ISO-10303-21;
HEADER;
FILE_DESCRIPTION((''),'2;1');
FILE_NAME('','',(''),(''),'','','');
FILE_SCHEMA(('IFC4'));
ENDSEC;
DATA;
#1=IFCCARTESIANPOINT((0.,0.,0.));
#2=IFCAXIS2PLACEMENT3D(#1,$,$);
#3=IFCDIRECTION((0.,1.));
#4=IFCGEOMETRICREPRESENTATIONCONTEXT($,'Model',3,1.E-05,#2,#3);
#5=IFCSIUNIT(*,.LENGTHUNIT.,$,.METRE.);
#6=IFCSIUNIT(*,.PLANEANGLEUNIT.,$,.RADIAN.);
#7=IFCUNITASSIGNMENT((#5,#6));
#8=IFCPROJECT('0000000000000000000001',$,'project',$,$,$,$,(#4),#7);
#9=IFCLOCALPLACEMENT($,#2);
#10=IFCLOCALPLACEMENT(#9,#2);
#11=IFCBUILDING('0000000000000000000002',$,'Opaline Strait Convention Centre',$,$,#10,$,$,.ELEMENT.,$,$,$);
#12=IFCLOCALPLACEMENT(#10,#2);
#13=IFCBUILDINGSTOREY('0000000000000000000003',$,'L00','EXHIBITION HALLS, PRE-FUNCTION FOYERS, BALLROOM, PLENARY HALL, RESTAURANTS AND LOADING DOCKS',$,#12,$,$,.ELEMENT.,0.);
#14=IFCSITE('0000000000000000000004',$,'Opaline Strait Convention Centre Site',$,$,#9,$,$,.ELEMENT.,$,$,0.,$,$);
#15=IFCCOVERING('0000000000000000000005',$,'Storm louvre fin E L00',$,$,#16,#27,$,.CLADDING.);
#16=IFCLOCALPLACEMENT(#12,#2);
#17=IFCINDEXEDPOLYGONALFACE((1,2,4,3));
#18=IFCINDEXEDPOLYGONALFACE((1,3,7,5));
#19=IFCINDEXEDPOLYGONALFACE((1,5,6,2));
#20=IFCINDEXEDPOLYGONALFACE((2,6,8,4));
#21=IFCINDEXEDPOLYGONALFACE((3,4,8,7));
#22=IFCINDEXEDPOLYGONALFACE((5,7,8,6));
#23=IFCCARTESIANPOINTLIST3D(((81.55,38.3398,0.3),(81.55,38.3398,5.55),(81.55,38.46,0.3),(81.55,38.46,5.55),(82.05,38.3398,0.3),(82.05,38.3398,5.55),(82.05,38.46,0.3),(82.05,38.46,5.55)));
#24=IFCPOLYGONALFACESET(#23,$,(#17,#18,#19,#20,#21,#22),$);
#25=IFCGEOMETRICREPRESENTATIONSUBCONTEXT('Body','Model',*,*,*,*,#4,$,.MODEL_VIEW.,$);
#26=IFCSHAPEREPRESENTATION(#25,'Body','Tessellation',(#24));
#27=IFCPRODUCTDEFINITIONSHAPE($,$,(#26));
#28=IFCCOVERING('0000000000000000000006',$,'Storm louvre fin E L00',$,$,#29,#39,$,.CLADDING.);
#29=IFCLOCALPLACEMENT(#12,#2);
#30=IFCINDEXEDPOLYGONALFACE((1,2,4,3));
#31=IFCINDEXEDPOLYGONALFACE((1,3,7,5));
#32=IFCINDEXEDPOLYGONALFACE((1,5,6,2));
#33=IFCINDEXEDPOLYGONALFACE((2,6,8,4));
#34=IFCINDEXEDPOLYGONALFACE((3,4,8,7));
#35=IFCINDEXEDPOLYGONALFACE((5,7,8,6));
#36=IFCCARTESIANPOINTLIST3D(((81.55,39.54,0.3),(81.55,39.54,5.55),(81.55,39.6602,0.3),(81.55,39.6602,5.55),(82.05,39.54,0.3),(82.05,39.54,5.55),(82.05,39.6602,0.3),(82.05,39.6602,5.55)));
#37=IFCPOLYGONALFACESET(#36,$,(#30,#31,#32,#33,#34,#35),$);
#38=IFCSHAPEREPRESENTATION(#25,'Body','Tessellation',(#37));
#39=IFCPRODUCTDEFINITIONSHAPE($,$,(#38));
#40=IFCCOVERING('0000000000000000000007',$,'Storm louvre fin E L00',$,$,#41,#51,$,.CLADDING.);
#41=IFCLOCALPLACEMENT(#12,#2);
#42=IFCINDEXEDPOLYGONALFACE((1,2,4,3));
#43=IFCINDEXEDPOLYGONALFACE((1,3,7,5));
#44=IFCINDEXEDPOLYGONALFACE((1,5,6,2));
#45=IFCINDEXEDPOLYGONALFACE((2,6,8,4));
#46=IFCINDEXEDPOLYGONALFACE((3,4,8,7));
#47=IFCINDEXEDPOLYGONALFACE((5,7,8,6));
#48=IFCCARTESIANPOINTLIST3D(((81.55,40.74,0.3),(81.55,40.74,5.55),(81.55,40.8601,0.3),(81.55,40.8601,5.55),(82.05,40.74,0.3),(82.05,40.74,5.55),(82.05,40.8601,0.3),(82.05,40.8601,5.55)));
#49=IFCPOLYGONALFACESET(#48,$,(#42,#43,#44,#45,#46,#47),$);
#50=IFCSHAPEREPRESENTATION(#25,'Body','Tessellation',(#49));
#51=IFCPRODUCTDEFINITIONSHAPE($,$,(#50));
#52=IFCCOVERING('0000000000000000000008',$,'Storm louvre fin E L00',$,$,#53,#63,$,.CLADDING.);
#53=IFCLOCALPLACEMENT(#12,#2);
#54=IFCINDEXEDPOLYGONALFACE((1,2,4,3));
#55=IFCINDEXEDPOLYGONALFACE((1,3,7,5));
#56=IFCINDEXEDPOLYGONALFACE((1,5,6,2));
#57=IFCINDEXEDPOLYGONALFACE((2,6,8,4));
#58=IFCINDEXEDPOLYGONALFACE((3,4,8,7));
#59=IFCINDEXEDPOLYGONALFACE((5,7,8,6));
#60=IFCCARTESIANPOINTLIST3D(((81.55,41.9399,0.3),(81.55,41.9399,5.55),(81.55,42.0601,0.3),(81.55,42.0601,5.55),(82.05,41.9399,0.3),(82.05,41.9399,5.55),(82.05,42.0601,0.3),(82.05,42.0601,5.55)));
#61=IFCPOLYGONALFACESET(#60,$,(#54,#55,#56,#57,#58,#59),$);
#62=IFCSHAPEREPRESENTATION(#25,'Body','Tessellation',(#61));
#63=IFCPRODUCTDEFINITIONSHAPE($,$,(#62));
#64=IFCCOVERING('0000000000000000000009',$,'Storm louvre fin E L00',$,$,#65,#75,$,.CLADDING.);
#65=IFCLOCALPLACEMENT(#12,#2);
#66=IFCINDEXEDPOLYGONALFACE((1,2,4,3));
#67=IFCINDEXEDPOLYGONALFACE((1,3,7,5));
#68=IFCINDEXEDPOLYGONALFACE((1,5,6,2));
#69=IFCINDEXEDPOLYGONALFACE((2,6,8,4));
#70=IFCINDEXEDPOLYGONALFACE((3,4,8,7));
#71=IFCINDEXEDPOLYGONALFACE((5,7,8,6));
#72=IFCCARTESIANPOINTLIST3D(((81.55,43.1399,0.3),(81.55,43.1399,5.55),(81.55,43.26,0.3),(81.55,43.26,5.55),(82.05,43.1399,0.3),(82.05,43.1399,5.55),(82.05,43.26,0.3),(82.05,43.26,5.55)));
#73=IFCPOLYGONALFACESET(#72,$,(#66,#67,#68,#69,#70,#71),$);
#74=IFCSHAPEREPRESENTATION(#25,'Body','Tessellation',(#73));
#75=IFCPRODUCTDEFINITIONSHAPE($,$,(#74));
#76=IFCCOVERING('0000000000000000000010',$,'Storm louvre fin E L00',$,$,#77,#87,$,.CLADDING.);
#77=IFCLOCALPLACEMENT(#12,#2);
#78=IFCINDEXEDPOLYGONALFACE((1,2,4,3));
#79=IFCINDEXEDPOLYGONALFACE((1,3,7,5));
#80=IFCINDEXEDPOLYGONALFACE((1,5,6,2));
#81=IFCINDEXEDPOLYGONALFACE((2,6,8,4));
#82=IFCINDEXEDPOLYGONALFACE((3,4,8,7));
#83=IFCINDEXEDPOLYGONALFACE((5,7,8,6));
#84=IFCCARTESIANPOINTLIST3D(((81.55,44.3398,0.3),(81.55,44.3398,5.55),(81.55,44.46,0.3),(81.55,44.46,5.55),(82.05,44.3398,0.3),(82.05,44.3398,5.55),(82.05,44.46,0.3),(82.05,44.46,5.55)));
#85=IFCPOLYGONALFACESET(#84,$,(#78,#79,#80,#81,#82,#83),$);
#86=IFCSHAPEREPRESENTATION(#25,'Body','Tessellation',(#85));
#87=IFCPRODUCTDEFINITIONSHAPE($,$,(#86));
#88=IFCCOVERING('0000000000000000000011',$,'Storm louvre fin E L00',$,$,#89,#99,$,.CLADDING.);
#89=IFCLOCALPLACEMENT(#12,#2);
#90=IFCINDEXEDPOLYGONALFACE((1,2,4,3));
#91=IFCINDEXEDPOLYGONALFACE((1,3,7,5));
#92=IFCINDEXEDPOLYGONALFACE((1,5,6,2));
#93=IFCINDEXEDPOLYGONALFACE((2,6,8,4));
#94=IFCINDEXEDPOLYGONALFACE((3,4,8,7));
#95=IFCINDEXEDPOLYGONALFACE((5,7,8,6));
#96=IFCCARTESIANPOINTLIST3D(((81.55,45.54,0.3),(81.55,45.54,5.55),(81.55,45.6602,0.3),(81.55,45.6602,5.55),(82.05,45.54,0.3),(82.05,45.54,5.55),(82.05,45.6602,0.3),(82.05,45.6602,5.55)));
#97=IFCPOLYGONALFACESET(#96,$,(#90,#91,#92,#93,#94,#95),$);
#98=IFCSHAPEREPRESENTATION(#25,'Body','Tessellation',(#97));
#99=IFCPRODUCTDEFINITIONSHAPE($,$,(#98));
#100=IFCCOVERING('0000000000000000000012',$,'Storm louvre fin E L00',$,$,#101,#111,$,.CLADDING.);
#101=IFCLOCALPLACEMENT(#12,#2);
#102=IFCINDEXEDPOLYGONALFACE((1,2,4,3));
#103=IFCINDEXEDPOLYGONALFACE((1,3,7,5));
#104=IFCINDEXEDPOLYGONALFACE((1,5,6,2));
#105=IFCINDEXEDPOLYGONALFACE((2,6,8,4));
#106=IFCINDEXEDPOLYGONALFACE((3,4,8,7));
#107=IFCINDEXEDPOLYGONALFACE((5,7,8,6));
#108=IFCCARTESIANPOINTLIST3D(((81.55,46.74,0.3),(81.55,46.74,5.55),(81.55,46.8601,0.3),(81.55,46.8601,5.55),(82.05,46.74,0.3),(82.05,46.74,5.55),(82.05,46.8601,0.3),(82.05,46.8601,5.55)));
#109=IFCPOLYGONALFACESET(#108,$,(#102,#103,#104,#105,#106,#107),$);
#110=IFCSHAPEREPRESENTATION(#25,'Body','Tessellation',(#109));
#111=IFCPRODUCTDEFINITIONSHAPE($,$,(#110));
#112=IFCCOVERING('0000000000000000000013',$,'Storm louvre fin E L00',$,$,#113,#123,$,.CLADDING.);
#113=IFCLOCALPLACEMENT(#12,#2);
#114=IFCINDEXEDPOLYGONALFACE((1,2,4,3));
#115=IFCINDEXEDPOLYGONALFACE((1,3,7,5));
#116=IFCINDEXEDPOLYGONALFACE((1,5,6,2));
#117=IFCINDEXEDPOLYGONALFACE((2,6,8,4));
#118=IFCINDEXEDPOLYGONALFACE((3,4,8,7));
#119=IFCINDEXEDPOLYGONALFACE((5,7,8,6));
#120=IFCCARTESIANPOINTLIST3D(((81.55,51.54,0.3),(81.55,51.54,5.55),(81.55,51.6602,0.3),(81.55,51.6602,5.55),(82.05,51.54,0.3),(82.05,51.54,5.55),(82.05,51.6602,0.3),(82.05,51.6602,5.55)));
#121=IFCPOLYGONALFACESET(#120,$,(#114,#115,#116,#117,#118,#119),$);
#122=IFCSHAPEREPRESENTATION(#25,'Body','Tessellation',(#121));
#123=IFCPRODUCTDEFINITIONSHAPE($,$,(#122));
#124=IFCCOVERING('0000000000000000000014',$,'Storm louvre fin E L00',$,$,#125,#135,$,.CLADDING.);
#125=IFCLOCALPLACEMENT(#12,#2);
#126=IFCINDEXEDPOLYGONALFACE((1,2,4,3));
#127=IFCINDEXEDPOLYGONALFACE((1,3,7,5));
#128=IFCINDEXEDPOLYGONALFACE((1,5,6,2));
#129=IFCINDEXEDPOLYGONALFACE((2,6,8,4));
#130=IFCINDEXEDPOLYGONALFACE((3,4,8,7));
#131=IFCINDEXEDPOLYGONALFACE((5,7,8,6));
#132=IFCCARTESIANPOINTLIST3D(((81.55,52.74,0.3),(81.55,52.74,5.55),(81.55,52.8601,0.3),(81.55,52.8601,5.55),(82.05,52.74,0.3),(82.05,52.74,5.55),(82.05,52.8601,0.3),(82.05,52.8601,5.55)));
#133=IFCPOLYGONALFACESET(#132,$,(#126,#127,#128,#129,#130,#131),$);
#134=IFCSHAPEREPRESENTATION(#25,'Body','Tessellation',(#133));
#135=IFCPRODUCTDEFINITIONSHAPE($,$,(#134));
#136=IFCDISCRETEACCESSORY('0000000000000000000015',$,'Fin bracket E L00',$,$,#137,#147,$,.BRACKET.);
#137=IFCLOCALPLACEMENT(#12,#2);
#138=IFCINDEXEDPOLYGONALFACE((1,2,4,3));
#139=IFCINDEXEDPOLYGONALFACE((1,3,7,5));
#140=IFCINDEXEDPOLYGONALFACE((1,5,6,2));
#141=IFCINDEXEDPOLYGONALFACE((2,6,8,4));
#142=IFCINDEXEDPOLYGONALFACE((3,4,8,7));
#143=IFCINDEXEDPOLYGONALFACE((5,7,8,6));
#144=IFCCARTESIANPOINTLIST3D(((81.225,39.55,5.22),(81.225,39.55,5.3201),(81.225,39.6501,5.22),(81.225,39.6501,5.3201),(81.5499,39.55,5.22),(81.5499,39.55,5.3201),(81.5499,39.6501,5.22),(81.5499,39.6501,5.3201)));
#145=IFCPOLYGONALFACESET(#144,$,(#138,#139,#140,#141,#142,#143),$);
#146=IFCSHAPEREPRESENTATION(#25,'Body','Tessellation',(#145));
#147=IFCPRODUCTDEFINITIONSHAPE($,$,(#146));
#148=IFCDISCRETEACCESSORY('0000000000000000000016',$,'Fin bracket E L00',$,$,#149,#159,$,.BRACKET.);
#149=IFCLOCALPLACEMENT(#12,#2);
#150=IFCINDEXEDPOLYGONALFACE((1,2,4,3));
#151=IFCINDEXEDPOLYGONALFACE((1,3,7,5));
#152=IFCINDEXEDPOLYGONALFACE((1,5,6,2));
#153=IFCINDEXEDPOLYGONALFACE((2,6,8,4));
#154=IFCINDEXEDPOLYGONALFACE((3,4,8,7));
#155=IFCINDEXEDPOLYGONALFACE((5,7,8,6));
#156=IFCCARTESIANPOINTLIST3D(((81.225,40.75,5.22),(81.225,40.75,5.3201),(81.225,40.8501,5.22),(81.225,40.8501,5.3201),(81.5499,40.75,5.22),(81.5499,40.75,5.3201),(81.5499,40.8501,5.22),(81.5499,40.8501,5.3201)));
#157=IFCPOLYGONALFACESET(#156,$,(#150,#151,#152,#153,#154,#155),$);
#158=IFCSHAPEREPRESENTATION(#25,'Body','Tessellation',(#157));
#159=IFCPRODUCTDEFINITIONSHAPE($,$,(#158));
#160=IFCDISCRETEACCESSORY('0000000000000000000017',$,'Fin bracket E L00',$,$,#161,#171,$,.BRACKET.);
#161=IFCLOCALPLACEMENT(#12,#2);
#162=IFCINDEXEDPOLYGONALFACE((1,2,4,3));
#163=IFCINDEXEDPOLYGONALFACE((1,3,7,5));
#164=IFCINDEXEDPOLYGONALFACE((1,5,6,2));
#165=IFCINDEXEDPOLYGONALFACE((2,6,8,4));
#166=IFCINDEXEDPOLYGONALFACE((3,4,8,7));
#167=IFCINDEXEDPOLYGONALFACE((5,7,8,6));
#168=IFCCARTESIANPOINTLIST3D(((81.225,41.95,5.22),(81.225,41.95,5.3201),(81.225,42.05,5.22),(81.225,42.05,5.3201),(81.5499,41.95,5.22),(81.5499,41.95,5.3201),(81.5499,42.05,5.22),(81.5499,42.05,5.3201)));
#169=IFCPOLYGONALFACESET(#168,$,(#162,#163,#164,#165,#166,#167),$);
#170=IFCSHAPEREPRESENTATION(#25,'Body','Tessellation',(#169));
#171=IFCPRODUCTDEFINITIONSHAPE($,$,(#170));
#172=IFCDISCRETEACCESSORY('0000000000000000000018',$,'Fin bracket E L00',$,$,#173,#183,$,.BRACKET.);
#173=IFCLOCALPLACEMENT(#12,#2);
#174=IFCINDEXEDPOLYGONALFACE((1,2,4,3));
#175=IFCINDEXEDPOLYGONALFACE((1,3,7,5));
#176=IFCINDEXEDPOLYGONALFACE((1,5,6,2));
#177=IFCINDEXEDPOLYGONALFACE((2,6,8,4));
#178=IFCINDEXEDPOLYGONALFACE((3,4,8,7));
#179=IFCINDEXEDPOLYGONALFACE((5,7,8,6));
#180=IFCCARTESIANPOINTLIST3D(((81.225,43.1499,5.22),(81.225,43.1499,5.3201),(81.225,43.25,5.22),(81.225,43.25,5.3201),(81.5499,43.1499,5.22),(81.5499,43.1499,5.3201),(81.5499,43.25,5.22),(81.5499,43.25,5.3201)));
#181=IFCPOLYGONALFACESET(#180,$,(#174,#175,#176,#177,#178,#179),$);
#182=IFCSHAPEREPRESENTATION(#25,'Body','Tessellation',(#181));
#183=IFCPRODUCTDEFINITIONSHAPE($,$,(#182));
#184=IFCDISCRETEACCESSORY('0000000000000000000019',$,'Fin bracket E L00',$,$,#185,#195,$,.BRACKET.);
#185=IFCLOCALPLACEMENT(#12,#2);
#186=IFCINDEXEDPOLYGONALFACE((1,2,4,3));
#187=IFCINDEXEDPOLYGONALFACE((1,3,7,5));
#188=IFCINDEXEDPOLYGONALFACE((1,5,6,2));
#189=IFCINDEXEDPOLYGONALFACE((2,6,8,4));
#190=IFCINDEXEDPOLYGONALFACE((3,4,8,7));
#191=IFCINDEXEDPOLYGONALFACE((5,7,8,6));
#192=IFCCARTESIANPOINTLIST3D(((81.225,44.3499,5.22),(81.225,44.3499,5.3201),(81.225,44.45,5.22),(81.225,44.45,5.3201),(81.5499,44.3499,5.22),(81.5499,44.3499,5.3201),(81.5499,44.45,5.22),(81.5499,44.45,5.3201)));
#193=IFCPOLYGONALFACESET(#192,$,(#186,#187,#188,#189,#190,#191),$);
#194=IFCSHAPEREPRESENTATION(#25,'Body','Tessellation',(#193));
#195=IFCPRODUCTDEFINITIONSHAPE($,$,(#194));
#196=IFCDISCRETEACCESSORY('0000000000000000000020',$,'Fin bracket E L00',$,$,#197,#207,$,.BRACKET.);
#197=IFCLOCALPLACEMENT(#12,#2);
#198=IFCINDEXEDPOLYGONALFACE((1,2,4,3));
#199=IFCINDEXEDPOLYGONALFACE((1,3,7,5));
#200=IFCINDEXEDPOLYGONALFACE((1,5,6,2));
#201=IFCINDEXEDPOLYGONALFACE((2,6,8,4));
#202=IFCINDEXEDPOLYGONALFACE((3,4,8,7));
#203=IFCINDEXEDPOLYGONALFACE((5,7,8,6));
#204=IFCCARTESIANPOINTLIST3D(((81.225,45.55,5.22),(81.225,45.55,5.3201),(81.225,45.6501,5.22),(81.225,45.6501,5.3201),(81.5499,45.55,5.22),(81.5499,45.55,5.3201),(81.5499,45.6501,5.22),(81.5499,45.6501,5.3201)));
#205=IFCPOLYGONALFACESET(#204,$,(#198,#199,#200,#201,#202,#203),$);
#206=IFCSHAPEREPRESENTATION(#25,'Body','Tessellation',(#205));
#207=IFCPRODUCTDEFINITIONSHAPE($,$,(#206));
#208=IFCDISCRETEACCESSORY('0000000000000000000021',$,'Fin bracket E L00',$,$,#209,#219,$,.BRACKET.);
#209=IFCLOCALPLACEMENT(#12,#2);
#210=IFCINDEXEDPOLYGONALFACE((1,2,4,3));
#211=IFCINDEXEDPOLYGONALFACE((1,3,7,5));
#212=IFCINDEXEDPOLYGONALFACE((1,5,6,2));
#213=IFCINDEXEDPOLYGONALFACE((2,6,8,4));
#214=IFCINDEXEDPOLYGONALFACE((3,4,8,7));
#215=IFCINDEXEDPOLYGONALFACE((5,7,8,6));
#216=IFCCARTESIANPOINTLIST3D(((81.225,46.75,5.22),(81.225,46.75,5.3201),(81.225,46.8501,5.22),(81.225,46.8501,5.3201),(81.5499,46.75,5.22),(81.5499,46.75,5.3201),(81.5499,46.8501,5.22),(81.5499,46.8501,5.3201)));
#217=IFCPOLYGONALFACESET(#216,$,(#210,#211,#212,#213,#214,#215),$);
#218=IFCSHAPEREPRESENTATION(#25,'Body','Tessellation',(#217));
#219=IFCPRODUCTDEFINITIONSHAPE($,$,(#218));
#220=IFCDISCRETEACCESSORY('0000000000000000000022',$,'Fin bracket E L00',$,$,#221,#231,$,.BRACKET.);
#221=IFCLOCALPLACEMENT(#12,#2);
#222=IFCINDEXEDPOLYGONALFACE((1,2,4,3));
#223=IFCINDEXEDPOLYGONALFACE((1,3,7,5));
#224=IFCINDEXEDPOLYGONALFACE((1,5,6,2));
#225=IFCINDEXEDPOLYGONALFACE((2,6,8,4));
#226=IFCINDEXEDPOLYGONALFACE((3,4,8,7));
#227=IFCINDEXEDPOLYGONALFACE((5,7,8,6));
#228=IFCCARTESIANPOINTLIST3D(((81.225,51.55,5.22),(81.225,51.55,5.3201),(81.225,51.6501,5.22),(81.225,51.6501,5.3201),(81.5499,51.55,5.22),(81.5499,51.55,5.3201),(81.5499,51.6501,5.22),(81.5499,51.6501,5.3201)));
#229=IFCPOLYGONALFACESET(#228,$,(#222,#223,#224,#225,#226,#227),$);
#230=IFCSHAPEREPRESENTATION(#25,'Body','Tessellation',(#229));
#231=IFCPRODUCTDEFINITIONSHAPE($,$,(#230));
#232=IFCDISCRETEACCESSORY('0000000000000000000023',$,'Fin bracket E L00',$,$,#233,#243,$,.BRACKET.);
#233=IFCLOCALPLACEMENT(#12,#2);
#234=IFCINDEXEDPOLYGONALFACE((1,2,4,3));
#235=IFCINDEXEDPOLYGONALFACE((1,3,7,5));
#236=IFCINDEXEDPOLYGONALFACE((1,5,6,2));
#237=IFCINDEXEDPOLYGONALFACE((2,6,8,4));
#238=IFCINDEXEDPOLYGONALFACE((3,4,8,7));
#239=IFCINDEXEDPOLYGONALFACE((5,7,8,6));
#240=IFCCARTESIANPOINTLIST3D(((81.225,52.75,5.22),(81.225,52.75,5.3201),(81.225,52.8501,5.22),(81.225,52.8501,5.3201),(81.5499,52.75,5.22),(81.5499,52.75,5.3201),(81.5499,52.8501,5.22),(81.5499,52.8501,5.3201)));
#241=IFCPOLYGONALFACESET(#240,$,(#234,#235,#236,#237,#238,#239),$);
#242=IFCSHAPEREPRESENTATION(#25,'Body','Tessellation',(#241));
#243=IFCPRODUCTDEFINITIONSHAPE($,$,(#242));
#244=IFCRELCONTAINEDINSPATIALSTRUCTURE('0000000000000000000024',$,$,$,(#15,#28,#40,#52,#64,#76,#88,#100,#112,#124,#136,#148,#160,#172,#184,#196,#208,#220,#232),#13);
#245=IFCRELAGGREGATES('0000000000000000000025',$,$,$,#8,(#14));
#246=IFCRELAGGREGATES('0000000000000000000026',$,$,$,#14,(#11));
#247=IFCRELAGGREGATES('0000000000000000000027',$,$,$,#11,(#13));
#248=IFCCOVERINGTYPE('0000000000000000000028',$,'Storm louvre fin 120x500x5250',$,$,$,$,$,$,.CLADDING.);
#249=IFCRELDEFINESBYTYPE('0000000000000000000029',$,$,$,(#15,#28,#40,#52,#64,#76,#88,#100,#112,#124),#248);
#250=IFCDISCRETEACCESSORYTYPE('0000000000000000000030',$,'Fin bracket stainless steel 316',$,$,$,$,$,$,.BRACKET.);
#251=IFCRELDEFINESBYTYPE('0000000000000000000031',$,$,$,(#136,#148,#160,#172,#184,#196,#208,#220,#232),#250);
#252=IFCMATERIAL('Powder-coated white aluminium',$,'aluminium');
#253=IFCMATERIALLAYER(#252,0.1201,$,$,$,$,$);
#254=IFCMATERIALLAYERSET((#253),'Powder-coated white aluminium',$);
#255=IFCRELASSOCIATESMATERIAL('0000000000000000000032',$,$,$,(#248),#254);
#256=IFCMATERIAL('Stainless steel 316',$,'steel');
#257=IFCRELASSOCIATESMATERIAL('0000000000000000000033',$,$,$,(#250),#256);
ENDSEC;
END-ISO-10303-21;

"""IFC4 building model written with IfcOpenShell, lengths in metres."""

from ifc_helpers import new_model, si_unit, direction, frame, origin, origin_2d, place, context, subcontext, project, spatial, rectangle, extrude, material, layer, layer_set, type_object, element, save


model = new_model("IFC4")

# Units and contexts
model_context = context("Model", 3, precision=1e-05, world=origin(), true_north=direction((0.0, 1.0)))
body_context = subcontext(model_context, "Body", "Model", "MODEL_VIEW")
ifc_project = project(units=[si_unit("LENGTHUNIT", "METRE"), si_unit("PLANEANGLEUNIT", "RADIAN")], contexts=[model_context])

# Site, building, storey
site_placement = place(None, origin())
site = spatial("IfcSite", under=ifc_project, at=site_placement, Name="Opaline Strait Convention Centre Site", CompositionType="ELEMENT", RefElevation=0.0)
building_placement = place(site_placement, origin())
building = spatial("IfcBuilding", under=site, at=building_placement, Name="Opaline Strait Convention Centre", CompositionType="ELEMENT")
storey_placement = place(building_placement, origin())
storey = spatial("IfcBuildingStorey", under=building, at=storey_placement, Name="L00", Description="EXHIBITION HALLS, PRE-FUNCTION FOYERS, BALLROOM, PLENARY HALL, RESTAURANTS AND LOADING DOCKS", CompositionType="ELEMENT", Elevation=0.0)

# Coverings
ifc_material_1 = material(Name="Powder-coated white aluminium", Category="aluminium")
ifc_layer_1 = layer(ifc_material_1, 0.1201)
ifc_layer_set_1 = layer_set([ifc_layer_1], Name="Powder-coated white aluminium")
covering_type = type_object("IfcCoveringType", Name="Storm louvre fin 120x500x5250", PredefinedType="CLADDING", material=ifc_layer_set_1)
for number, where, z_axis, x_axis, name in (
    (1, (81.8, 38.3999, 0.3), (0.0, 0.0, 1.0), (1.0, 0.0, 0.0), "Storm louvre fin E L00"),
    (2, (81.8, 39.6001, 0.3), (0.0, 0.0, 1.0), (1.0, 0.0, 0.0), "Storm louvre fin E L00"),
    (3, (81.8, 40.8, 0.3), (0.0, 0.0, 1.0), (1.0, 0.0, 0.0), "Storm louvre fin E L00"),
    (4, (81.8, 42.0, 0.3), (0.0, 0.0, 1.0), (1.0, 0.0, 0.0), "Storm louvre fin E L00"),
    (5, (81.8, 43.2, 0.3), (0.0, 0.0, 1.0), (1.0, 0.0, 0.0), "Storm louvre fin E L00"),
    (6, (81.8, 44.3999, 0.3), (0.0, 0.0, 1.0), (1.0, 0.0, 0.0), "Storm louvre fin E L00"),
    (7, (81.8, 45.6001, 0.3), (0.0, 0.0, 1.0), (1.0, 0.0, 0.0), "Storm louvre fin E L00"),
    (8, (81.8, 46.8, 0.3), (0.0, 0.0, 1.0), (1.0, 0.0, 0.0), "Storm louvre fin E L00"),
    (9, (81.8, 51.6001, 0.3), (0.0, 0.0, 1.0), (1.0, 0.0, 0.0), "Storm louvre fin E L00"),
    (10, (81.8, 52.8, 0.3), (0.0, 0.0, 1.0), (1.0, 0.0, 0.0), "Storm louvre fin E L00"),
):
    element("IfcCovering", number, at=place(storey_placement, frame(where, z_axis=z_axis, x_axis=x_axis)), inside=storey, type_object=covering_type, Name=name, PredefinedType="CLADDING", context=body_context, shape_type="SweptSolid", body=[
        extrude(rectangle(XDim=0.5, YDim=0.1201, at=origin_2d()), origin(), (0.0, 0.0, 1.0), 5.25),
    ])

# Discrete accessories
ifc_material_2 = material(Name="Stainless steel 316", Category="steel")
discrete_accessory_type = type_object("IfcDiscreteAccessoryType", Name="Fin bracket stainless steel 316", PredefinedType="BRACKET", material=ifc_material_2)
for number, where, z_axis, x_axis, name in (
    (11, (81.3875, 39.6001, 5.22), (0.0, 0.0, 1.0), (1.0, 0.0, 0.0), "Fin bracket E L00"),
    (12, (81.3875, 40.8, 5.22), (0.0, 0.0, 1.0), (1.0, 0.0, 0.0), "Fin bracket E L00"),
    (13, (81.3875, 42.0, 5.22), (0.0, 0.0, 1.0), (1.0, 0.0, 0.0), "Fin bracket E L00"),
    (14, (81.3875, 43.2, 5.22), (0.0, 0.0, 1.0), (1.0, 0.0, 0.0), "Fin bracket E L00"),
    (15, (81.3875, 44.3999, 5.22), (0.0, 0.0, 1.0), (1.0, 0.0, 0.0), "Fin bracket E L00"),
    (16, (81.3875, 45.6001, 5.22), (0.0, 0.0, 1.0), (1.0, 0.0, 0.0), "Fin bracket E L00"),
    (17, (81.3875, 46.8, 5.22), (0.0, 0.0, 1.0), (1.0, 0.0, 0.0), "Fin bracket E L00"),
    (18, (81.3875, 51.6001, 5.22), (0.0, 0.0, 1.0), (1.0, 0.0, 0.0), "Fin bracket E L00"),
    (19, (81.3875, 52.8, 5.22), (0.0, 0.0, 1.0), (1.0, 0.0, 0.0), "Fin bracket E L00"),
):
    element("IfcDiscreteAccessory", number, at=place(storey_placement, frame(where, z_axis=z_axis, x_axis=x_axis)), inside=storey, type_object=discrete_accessory_type, Name=name, PredefinedType="BRACKET", context=body_context, shape_type="SweptSolid", body=[
        extrude(rectangle(XDim=0.325, YDim=0.1001, at=origin_2d()), origin(), (0.0, 0.0, 1.0), 0.1001),
    ])

save(model, "model.ifc")
